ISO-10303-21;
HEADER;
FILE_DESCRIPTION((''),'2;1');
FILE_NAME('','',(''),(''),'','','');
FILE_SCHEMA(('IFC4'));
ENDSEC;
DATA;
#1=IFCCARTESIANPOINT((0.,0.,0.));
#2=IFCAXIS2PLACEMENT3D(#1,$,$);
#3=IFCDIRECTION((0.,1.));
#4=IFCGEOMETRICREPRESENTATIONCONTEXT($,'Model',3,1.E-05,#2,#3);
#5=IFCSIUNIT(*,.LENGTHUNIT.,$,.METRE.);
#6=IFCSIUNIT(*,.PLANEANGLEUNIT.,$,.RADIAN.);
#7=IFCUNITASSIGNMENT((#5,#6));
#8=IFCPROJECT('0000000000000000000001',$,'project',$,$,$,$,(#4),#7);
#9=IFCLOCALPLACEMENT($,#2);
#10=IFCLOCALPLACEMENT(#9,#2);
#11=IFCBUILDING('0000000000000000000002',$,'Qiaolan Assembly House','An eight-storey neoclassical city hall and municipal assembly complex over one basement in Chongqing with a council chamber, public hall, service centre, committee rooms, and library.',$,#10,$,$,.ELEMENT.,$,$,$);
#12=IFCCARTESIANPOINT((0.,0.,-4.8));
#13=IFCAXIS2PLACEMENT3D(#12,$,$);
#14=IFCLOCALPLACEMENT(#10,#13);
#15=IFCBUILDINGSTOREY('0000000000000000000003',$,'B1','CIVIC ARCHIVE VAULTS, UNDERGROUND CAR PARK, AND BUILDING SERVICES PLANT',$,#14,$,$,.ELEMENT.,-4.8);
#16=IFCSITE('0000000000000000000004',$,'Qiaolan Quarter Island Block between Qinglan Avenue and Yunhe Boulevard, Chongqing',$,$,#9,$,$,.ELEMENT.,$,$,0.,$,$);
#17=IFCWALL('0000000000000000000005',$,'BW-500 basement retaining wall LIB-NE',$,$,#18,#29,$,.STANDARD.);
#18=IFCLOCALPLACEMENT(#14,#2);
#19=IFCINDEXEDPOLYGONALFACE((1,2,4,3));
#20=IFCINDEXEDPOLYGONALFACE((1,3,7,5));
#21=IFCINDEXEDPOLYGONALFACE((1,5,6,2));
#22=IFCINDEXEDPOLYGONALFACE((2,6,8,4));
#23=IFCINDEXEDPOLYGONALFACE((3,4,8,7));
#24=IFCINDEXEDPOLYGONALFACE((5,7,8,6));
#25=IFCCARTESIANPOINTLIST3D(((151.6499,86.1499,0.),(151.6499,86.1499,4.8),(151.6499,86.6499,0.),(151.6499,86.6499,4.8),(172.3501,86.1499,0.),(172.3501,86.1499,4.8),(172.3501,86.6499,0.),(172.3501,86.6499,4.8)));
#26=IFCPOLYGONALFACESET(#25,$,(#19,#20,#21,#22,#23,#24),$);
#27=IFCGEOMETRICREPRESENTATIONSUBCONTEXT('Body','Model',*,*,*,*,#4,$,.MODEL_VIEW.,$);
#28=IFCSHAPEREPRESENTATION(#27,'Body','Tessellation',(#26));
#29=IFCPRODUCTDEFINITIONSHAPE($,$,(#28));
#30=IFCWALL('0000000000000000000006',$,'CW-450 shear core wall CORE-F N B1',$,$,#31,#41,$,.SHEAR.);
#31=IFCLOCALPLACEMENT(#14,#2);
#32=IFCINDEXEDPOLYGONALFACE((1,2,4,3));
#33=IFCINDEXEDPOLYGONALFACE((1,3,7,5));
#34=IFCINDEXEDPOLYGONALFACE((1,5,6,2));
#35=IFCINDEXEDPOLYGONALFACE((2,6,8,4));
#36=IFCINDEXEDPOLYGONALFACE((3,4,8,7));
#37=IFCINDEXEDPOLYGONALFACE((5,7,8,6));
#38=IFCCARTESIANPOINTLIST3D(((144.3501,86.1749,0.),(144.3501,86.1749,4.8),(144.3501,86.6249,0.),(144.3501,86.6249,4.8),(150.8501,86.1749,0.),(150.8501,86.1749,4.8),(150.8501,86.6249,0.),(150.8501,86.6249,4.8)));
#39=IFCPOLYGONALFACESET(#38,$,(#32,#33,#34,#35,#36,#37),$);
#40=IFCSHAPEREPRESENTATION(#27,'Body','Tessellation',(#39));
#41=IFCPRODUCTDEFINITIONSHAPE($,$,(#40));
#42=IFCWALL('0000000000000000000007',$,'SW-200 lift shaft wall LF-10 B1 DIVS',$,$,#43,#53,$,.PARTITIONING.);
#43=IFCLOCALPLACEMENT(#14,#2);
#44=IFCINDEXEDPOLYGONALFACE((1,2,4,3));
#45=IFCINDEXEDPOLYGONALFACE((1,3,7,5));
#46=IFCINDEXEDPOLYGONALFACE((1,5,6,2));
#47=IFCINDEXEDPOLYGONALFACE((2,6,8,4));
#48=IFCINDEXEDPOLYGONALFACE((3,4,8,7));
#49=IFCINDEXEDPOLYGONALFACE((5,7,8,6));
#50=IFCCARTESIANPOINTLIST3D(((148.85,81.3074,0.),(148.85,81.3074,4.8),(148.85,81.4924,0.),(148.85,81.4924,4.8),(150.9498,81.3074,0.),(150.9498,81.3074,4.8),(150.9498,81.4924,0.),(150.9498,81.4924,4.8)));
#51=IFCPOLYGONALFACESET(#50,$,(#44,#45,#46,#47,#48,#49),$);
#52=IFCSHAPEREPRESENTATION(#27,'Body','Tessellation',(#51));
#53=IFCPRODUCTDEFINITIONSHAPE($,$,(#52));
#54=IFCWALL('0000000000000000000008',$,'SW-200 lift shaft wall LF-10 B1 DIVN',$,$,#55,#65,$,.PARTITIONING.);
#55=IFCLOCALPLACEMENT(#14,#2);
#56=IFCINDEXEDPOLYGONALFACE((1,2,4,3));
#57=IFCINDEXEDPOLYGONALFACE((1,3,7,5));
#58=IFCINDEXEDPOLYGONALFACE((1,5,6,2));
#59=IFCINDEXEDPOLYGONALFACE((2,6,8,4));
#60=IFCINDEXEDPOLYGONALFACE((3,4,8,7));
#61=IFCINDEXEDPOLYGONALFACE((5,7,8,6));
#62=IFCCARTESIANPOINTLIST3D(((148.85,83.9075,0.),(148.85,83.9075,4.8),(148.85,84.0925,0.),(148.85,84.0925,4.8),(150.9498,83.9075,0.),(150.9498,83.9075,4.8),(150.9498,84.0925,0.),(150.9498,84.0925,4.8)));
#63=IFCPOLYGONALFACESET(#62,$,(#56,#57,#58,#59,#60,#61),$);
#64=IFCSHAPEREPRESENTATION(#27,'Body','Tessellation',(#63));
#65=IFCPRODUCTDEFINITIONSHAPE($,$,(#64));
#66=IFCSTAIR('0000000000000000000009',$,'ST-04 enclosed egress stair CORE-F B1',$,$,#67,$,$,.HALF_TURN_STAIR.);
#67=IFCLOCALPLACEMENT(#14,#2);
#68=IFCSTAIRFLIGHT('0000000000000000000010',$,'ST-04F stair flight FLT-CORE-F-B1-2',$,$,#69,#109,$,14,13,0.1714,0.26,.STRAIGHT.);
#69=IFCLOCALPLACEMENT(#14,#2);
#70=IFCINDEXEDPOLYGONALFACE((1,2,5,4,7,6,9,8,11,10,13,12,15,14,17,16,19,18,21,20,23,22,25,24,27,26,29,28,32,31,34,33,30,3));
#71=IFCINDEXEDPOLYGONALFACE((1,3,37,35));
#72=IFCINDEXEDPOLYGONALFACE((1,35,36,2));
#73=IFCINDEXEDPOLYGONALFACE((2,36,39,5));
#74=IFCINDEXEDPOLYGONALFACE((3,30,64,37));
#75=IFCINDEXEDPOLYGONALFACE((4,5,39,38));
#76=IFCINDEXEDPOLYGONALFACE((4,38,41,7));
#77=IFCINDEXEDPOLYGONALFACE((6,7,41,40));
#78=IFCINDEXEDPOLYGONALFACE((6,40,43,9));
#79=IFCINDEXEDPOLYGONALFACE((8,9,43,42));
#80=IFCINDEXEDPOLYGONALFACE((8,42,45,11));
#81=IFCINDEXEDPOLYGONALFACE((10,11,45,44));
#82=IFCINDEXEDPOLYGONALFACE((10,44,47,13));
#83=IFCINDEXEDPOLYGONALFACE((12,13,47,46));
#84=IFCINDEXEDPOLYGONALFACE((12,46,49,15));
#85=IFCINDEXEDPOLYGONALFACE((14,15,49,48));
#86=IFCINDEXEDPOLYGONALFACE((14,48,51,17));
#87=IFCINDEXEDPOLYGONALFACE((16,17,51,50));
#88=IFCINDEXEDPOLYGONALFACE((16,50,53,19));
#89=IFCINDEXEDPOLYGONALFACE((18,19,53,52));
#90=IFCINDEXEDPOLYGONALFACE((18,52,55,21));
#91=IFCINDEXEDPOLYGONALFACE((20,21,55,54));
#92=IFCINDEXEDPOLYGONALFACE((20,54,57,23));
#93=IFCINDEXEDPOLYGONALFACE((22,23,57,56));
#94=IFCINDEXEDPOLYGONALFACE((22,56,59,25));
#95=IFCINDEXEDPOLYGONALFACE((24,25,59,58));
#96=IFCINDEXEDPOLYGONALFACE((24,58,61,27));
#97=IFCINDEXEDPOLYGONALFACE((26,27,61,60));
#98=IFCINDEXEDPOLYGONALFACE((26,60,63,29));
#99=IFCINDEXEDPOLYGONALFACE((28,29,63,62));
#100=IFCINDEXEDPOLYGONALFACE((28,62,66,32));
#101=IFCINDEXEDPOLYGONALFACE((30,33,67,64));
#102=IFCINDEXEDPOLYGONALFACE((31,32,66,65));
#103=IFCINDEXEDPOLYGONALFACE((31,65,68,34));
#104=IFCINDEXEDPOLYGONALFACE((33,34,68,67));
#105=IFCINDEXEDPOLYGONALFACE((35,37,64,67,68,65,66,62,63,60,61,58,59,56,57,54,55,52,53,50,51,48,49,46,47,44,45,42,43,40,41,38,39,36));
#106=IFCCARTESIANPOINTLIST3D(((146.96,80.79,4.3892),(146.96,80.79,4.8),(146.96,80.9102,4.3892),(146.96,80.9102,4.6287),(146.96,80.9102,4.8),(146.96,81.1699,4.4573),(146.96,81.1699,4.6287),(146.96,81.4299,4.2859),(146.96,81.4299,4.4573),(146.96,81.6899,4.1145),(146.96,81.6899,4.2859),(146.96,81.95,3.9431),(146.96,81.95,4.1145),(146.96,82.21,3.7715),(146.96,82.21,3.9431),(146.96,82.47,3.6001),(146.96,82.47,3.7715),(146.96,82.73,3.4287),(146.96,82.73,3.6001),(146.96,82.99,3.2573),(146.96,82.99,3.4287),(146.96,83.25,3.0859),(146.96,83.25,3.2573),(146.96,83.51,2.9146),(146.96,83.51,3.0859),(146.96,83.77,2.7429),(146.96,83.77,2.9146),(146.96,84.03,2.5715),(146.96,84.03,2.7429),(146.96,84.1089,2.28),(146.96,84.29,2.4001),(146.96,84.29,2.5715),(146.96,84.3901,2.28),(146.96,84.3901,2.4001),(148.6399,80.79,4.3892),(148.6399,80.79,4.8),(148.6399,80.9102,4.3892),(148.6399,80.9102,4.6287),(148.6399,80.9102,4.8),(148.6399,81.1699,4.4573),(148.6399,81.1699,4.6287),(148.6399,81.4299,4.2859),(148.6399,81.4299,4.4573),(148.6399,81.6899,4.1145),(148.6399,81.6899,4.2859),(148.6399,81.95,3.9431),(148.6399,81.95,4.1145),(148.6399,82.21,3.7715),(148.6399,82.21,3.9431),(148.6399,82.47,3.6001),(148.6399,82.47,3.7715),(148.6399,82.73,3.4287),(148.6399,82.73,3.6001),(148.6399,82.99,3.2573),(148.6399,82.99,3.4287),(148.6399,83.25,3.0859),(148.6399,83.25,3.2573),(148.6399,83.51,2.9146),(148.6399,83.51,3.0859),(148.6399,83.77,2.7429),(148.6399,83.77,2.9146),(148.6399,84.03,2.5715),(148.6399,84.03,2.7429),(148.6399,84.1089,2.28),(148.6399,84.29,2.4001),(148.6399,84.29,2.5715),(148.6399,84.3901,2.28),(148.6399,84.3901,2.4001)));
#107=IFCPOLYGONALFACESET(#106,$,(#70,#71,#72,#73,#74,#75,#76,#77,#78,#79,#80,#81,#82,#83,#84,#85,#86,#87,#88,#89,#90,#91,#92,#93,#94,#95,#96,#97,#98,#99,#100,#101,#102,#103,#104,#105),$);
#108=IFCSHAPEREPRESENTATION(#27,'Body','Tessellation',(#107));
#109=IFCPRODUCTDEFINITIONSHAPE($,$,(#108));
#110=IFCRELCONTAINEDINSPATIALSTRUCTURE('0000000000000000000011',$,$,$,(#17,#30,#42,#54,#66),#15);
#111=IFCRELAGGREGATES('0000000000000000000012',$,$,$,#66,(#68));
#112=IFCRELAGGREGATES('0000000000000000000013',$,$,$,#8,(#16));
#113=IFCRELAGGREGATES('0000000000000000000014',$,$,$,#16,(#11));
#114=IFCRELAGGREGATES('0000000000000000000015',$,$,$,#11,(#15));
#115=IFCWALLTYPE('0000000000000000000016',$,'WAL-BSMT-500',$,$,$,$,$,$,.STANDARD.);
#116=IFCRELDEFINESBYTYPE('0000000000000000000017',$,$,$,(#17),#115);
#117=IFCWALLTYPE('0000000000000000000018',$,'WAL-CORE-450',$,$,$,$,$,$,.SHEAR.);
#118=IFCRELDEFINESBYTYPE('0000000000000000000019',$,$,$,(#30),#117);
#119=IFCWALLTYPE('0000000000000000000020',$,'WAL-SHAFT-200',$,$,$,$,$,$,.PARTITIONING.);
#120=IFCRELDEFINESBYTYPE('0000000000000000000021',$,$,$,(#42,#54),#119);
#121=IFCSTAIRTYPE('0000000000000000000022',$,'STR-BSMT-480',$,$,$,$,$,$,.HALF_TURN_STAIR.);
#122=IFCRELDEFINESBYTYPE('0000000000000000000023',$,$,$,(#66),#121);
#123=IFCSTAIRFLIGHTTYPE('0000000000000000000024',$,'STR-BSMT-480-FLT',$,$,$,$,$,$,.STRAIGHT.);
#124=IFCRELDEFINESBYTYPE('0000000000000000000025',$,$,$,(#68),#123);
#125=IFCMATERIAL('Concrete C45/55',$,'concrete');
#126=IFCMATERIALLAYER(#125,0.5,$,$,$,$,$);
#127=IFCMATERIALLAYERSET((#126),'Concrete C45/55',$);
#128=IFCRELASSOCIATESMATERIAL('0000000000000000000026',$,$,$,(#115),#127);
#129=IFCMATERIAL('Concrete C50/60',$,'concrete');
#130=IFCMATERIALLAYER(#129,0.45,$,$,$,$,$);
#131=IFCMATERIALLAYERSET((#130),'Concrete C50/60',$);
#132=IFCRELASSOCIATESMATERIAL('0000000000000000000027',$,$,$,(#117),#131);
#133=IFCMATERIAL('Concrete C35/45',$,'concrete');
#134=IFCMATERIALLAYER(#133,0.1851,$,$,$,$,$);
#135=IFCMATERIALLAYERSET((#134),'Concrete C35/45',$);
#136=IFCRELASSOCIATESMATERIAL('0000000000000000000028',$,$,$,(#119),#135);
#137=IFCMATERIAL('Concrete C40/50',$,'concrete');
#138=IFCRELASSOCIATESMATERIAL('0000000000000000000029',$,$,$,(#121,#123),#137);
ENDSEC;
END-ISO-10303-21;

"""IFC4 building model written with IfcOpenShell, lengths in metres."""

from ifc_helpers import new_model, si_unit, direction, frame, frame_2d, origin, place, context, subcontext, project, spatial, polyline, rectangle, outline, extrude, material, layer, layer_set, type_object, element, aggregate, save


model = new_model("IFC4")

# Units and contexts
model_context = context("Model", 3, precision=1e-05, world=origin(), true_north=direction((0.0, 1.0)))
body_context = subcontext(model_context, "Body", "Model", "MODEL_VIEW")
ifc_project = project(units=[si_unit("LENGTHUNIT", "METRE"), si_unit("PLANEANGLEUNIT", "RADIAN")], contexts=[model_context])

# Site, building, storey
site_placement = place(None, origin())
site = spatial("IfcSite", under=ifc_project, at=site_placement, Name="Qiaolan Quarter Island Block between Qinglan Avenue and Yunhe Boulevard, Chongqing", CompositionType="ELEMENT", RefElevation=0.0)
building_placement = place(site_placement, origin())
building = spatial("IfcBuilding", under=site, at=building_placement, Name="Qiaolan Assembly House", Description="An eight-storey neoclassical city hall and municipal assembly complex over one basement in Chongqing with a council chamber, public hall, service centre, committee rooms, and library.", CompositionType="ELEMENT")
storey_placement = place(building_placement, frame((0.0, 0.0, -4.8)))
storey = spatial("IfcBuildingStorey", under=building, at=storey_placement, Name="B1", Description="CIVIC ARCHIVE VAULTS, UNDERGROUND CAR PARK, AND BUILDING SERVICES PLANT", CompositionType="ELEMENT", Elevation=-4.8)

# Shared definitions
ifc_material_1 = material(Name="Concrete C40/50", Category="concrete")

# Shared definitions
ifc_material_2 = material(Name="Concrete C45/55", Category="concrete")

# Walls
ifc_layer_1 = layer(ifc_material_2, 0.5)
ifc_layer_set_1 = layer_set([ifc_layer_1], Name="Concrete C45/55")
wall_type_1 = type_object("IfcWallType", Name="WAL-BSMT-500", PredefinedType="STANDARD", material=ifc_layer_set_1)
wall_1_placement = place(storey_placement, frame((151.6499, 86.3999, 0.0), z_axis=(0.0, 0.0, 1.0), x_axis=(1.0, 0.0, 0.0)))
element("IfcWall", 1, at=wall_1_placement, inside=storey, type_object=wall_type_1, Name="BW-500 basement retaining wall LIB-NE", PredefinedType="STANDARD", context=body_context, shape_type="SweptSolid", body=[
    extrude(rectangle(XDim=20.7002, YDim=0.5, at=frame_2d((10.3501, 0.0))), origin(), (0.0, 0.0, 1.0), 4.8),
])
ifc_material_3 = material(Name="Concrete C50/60", Category="concrete")
ifc_layer_2 = layer(ifc_material_3, 0.45)
ifc_layer_set_2 = layer_set([ifc_layer_2], Name="Concrete C50/60")
wall_type_2 = type_object("IfcWallType", Name="WAL-CORE-450", PredefinedType="SHEAR", material=ifc_layer_set_2)
wall_2_placement = place(storey_placement, frame((150.8501, 86.3999, 0.0), z_axis=(0.0, 0.0, 1.0), x_axis=(-1.0, 0.0, 0.0)))
element("IfcWall", 2, at=wall_2_placement, inside=storey, type_object=wall_type_2, Name="CW-450 shear core wall CORE-F N B1", PredefinedType="SHEAR", context=body_context, shape_type="SweptSolid", body=[
    extrude(rectangle(XDim=6.5, YDim=0.45, at=frame_2d((3.25, 0.0))), origin(), (0.0, 0.0, 1.0), 4.8),
])
ifc_material_4 = material(Name="Concrete C35/45", Category="concrete")
ifc_layer_3 = layer(ifc_material_4, 0.1851)
ifc_layer_set_3 = layer_set([ifc_layer_3], Name="Concrete C35/45")
wall_type_3 = type_object("IfcWallType", Name="WAL-SHAFT-200", PredefinedType="PARTITIONING", material=ifc_layer_set_3)
for number, where, z_axis, x_axis, name in (
    (3, (148.8501, 81.3999, 0.0), (0.0, 0.0, 1.0), (1.0, 0.0, 0.0), "SW-200 lift shaft wall LF-10 B1 DIVS"),
    (4, (148.8501, 84.0, 0.0), (0.0, 0.0, 1.0), (1.0, 0.0, 0.0), "SW-200 lift shaft wall LF-10 B1 DIVN"),
):
    element("IfcWall", number, at=place(storey_placement, frame(where, z_axis=z_axis, x_axis=x_axis)), inside=storey, type_object=wall_type_3, Name=name, PredefinedType="PARTITIONING", context=body_context, shape_type="SweptSolid", body=[
        extrude(rectangle(XDim=2.0999, YDim=0.1851, at=frame_2d((1.0498, 0.0))), origin(), (0.0, 0.0, 1.0), 4.8),
    ])

# Stair, stair flight
stair_type = type_object("IfcStairType", Name="STR-BSMT-480", PredefinedType="HALF_TURN_STAIR", material=ifc_material_1)
stair_placement = place(storey_placement, origin())
stair = element("IfcStair", 5, at=stair_placement, inside=storey, type_object=stair_type, Name="ST-04 enclosed egress stair CORE-F B1", PredefinedType="HALF_TURN_STAIR")
stair_flight_type = type_object("IfcStairFlightType", Name="STR-BSMT-480-FLT", PredefinedType="STRAIGHT", material=ifc_material_1)
stair_flight_placement = place(storey_placement, frame((147.8, 84.29, 2.4001), z_axis=(0.0, 0.0, 1.0), x_axis=(0.0, -1.0, 0.0)))
stair_flight = element("IfcStairFlight", 6, at=stair_flight_placement, type_object=stair_flight_type, Name="ST-04F stair flight FLT-CORE-F-B1-2", NumberOfRisers=14, NumberOfTreads=13, PredefinedType="STRAIGHT", RiserHeight=0.1714, TreadLength=0.26, context=body_context, shape_type="SweptSolid", body=[
    extrude(outline(polyline([(-0.1001, -0.1201), (-0.1001, 0.0), (0.0, 0.0), (0.0, 0.1714), (0.26, 0.1714), (0.26, 0.3428), (0.52, 0.3428), (0.52, 0.5144), (0.78, 0.5144), (0.78, 0.6858), (1.04, 0.6858), (1.04, 0.8572), (1.3, 0.8572), (1.3, 1.0286), (1.5601, 1.0286), (1.5601, 1.2), (1.8201, 1.2), (1.8201, 1.3713), (2.0801, 1.3713), (2.0801, 1.543), (2.3401, 1.543), (2.3401, 1.7144), (2.6001, 1.7144), (2.6001, 1.8857), (2.8601, 1.8857), (2.8601, 2.0571), (3.1201, 2.0571), (3.1201, 2.2285), (3.3799, 2.2285), (3.3799, 2.3999), (3.5, 2.3999), (3.5, 1.989), (3.3799, 1.989), (0.1812, -0.1201), (-0.1001, -0.1201)])), frame((0.0, 0.8398, 0.0), z_axis=(0.0, -1.0, 0.0), x_axis=(1.0, 0.0, 0.0)), (0.0, 0.0, 1.0), 1.6799),
])
aggregate(stair, [stair_flight])

save(model, "model.ifc")
